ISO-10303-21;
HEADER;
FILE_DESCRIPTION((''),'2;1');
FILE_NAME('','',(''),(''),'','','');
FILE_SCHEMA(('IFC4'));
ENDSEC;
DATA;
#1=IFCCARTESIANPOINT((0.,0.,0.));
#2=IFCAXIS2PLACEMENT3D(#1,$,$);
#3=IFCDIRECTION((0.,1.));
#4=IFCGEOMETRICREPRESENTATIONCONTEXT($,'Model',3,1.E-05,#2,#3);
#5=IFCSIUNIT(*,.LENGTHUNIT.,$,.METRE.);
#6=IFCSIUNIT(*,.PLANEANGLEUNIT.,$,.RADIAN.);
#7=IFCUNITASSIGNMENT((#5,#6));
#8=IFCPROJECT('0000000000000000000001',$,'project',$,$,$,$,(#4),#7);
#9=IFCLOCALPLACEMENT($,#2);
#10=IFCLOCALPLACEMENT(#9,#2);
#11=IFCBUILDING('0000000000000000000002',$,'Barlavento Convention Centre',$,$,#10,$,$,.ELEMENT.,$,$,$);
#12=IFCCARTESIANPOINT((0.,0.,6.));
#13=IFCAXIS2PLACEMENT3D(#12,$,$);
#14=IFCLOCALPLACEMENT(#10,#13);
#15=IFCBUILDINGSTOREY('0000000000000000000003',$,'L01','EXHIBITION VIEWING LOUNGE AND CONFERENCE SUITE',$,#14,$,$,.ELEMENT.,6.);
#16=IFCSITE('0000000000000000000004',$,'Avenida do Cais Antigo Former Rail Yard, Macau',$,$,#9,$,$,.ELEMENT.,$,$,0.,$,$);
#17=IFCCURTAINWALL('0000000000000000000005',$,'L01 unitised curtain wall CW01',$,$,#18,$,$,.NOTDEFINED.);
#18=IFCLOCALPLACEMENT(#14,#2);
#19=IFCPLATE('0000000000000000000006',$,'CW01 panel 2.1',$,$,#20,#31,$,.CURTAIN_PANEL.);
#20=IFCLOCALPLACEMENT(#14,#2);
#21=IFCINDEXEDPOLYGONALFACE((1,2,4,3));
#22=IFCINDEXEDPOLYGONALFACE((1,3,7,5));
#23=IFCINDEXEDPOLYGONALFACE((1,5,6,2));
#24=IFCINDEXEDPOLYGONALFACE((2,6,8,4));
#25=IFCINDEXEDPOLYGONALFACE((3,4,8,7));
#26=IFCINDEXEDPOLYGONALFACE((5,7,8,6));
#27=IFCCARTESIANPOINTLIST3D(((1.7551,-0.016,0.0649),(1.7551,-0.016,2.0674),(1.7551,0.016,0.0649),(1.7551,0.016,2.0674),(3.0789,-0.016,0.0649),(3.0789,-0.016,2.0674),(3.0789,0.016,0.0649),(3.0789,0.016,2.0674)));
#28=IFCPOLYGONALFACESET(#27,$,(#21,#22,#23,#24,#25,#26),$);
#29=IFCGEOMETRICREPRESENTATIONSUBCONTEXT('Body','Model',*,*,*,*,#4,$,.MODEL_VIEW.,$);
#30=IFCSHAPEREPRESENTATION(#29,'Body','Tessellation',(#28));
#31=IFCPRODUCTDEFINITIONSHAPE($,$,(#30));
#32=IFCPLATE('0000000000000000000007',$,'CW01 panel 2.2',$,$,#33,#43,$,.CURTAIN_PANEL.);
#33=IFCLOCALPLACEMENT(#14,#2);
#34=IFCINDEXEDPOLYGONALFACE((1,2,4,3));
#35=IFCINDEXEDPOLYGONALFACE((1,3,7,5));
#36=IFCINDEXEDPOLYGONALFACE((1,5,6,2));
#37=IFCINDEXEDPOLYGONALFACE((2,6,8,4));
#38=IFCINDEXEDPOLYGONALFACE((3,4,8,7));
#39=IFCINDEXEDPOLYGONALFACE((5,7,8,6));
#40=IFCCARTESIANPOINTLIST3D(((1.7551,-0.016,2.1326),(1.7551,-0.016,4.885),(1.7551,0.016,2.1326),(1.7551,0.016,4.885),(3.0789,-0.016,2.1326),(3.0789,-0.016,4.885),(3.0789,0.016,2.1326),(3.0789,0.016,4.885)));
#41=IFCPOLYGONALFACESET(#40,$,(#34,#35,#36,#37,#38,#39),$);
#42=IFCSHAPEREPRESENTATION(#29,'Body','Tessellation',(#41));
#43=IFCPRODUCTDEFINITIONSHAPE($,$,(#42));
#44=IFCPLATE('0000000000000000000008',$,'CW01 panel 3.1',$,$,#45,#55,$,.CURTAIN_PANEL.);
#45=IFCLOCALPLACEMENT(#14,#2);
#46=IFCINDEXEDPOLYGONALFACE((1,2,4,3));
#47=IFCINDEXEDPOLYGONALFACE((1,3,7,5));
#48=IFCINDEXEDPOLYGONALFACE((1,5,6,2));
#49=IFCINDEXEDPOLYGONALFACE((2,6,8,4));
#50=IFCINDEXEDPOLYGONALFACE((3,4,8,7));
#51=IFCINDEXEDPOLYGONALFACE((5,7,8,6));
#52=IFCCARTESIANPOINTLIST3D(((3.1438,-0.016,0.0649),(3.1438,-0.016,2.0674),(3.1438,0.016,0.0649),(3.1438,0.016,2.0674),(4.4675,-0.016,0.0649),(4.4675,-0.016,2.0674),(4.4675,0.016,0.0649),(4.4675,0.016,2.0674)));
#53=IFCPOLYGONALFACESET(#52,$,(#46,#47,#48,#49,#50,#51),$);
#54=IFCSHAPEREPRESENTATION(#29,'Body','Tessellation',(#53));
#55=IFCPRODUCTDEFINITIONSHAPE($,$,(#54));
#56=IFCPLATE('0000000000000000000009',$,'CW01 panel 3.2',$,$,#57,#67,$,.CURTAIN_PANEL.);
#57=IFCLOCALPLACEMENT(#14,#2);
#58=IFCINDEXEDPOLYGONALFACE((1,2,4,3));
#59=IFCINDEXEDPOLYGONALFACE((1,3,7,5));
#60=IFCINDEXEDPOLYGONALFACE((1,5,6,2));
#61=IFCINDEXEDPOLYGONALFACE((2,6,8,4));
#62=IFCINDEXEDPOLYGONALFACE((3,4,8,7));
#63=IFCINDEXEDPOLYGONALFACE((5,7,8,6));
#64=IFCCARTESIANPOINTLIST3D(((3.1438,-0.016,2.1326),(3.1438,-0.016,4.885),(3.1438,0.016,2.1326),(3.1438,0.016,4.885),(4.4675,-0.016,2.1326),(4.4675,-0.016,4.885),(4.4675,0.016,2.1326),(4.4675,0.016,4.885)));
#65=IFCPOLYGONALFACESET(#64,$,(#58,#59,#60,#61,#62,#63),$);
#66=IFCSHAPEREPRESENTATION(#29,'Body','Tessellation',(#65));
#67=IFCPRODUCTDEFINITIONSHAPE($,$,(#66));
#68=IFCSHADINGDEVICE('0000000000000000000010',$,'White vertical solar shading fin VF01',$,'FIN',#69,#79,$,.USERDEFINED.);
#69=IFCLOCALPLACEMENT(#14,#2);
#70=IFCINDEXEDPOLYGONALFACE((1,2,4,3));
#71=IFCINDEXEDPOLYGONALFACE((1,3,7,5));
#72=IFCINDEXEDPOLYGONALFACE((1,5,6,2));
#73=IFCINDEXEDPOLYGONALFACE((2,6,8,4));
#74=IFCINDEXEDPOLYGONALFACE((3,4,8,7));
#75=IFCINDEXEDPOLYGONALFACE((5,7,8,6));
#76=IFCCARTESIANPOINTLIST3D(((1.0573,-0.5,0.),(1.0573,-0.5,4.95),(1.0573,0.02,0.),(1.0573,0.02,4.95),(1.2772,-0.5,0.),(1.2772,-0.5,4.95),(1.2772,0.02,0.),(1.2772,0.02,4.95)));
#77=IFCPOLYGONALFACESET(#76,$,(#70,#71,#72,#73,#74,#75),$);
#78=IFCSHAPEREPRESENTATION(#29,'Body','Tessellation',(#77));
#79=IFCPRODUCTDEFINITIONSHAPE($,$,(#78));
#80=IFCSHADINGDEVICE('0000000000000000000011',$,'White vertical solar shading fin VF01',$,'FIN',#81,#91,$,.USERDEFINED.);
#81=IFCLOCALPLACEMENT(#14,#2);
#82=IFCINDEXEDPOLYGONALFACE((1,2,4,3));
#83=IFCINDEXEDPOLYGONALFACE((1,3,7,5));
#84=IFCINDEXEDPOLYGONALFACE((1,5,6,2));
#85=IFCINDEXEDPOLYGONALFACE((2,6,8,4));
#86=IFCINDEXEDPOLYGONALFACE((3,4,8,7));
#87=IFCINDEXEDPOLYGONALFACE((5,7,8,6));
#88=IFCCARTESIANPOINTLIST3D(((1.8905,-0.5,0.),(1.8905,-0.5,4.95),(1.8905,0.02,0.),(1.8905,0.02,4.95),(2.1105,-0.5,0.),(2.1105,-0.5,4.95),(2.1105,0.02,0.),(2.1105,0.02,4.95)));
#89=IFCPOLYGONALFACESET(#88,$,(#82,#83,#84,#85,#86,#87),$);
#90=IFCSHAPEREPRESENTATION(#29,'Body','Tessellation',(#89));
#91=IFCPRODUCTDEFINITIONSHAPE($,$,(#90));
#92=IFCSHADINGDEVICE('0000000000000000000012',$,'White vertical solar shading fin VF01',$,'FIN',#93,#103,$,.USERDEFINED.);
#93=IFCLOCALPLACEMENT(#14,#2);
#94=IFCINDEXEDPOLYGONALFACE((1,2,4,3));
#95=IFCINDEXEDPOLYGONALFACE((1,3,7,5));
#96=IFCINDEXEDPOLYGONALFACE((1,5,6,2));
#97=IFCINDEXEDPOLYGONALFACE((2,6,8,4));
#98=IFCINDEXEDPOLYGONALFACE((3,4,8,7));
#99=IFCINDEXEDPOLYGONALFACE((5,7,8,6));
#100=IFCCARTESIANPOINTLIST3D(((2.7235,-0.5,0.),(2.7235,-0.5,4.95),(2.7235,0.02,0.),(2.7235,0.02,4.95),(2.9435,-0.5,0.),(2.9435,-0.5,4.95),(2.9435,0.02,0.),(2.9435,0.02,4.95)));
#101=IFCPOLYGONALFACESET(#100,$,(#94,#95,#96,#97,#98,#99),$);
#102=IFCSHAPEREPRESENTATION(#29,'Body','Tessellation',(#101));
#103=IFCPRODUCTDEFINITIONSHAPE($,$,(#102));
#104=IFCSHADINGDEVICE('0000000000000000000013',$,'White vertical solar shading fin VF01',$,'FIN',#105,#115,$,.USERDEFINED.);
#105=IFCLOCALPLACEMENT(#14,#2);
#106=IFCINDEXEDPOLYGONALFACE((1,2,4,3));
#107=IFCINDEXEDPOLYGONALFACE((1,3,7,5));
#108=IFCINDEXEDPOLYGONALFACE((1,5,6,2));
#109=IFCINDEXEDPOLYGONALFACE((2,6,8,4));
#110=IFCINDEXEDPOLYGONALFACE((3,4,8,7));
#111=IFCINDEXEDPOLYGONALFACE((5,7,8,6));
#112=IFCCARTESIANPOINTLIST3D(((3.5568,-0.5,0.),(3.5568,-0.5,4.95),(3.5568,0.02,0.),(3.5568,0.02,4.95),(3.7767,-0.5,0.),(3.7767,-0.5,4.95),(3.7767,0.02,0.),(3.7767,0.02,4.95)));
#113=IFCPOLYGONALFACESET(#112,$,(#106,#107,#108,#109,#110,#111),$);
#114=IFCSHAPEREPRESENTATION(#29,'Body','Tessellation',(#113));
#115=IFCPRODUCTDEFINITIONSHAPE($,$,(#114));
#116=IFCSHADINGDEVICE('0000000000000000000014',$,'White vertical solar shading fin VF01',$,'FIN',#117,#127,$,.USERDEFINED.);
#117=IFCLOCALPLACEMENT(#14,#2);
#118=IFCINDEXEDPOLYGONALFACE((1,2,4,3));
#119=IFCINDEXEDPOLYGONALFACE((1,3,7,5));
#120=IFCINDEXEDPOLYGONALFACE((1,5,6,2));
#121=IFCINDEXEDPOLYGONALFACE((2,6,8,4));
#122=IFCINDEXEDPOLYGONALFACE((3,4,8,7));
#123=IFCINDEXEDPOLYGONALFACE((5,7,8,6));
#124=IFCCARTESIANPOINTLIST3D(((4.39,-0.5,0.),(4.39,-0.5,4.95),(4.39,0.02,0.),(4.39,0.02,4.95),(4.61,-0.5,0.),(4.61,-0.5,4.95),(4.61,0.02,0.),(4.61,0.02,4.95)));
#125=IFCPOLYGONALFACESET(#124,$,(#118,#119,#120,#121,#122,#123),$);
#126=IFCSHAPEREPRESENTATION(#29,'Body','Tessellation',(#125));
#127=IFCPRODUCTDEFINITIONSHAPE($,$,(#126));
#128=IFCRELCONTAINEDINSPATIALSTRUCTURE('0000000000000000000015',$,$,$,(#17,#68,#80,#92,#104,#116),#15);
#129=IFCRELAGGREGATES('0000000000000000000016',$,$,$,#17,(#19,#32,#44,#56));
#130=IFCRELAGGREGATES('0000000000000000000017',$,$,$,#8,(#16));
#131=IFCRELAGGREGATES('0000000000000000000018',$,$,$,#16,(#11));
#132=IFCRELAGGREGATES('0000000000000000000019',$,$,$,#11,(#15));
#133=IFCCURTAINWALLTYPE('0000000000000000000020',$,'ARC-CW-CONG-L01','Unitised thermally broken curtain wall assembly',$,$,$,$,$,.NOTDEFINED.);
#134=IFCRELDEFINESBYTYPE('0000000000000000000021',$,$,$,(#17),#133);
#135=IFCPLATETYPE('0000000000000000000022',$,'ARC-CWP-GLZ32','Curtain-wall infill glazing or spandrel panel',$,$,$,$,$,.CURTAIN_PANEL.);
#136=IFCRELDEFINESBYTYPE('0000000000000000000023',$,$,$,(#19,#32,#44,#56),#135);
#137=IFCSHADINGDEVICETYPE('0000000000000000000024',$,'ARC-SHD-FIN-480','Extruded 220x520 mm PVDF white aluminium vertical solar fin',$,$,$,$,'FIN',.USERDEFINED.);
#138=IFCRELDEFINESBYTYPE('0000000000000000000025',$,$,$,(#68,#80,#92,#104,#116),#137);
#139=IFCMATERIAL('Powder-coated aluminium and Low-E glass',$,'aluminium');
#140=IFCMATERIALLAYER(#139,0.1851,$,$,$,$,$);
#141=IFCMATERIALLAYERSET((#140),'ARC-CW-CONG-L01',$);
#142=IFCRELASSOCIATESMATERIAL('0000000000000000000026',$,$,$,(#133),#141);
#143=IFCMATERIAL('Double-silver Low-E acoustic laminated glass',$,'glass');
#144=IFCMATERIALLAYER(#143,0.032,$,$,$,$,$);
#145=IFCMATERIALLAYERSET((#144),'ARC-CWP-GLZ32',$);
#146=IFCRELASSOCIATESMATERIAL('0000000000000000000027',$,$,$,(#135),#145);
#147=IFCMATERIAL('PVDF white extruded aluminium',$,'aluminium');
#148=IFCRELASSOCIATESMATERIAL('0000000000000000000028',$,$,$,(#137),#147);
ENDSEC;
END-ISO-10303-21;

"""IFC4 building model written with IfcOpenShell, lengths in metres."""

from ifc_helpers import new_model, si_unit, direction, frame, origin, origin_2d, place, context, subcontext, project, spatial, rectangle, extrude, material, layer, layer_set, type_object, element, aggregate, save


model = new_model("IFC4")

# Units and contexts
model_context = context("Model", 3, precision=1e-05, world=origin(), true_north=direction((0.0, 1.0)))
body_context = subcontext(model_context, "Body", "Model", "MODEL_VIEW")
ifc_project = project(units=[si_unit("LENGTHUNIT", "METRE"), si_unit("PLANEANGLEUNIT", "RADIAN")], contexts=[model_context])

# Site, building, storey
site_placement = place(None, origin())
site = spatial("IfcSite", under=ifc_project, at=site_placement, Name="Avenida do Cais Antigo Former Rail Yard, Macau", CompositionType="ELEMENT", RefElevation=0.0)
building_placement = place(site_placement, origin())
building = spatial("IfcBuilding", under=site, at=building_placement, Name="Barlavento Convention Centre", CompositionType="ELEMENT")
storey_placement = place(building_placement, frame((0.0, 0.0, 6.0)))
storey = spatial("IfcBuildingStorey", under=building, at=storey_placement, Name="L01", Description="EXHIBITION VIEWING LOUNGE AND CONFERENCE SUITE", CompositionType="ELEMENT", Elevation=6.0)

# Curtain wall, plates
ifc_material_1 = material(Name="Powder-coated aluminium and Low-E glass", Category="aluminium")
ifc_layer_1 = layer(ifc_material_1, 0.1851)
ifc_layer_set_1 = layer_set([ifc_layer_1], Name="ARC-CW-CONG-L01")
curtain_wall_type = type_object("IfcCurtainWallType", Name="ARC-CW-CONG-L01", Description="Unitised thermally broken curtain wall assembly", PredefinedType="NOTDEFINED", material=ifc_layer_set_1)
curtain_wall_placement = place(storey_placement, origin())
curtain_wall = element("IfcCurtainWall", 1, at=curtain_wall_placement, inside=storey, type_object=curtain_wall_type, Name="L01 unitised curtain wall CW01", PredefinedType="NOTDEFINED")
ifc_material_2 = material(Name="Double-silver Low-E acoustic laminated glass", Category="glass")
ifc_layer_2 = layer(ifc_material_2, 0.032)
ifc_layer_set_2 = layer_set([ifc_layer_2], Name="ARC-CWP-GLZ32")
plate_type = type_object("IfcPlateType", Name="ARC-CWP-GLZ32", Description="Curtain-wall infill glazing or spandrel panel", PredefinedType="CURTAIN_PANEL", material=ifc_layer_set_2)
plate_1_placement = place(storey_placement, frame((2.417, 0.0, 0.0649), z_axis=(0.0, 0.0, 1.0), x_axis=(1.0, 0.0, 0.0)))
plate_1 = element("IfcPlate", 2, at=plate_1_placement, type_object=plate_type, Name="CW01 panel 2.1", PredefinedType="CURTAIN_PANEL", context=body_context, shape_type="SweptSolid", body=[
    extrude(rectangle(XDim=1.3237, YDim=0.032, at=origin_2d()), origin(), (0.0, 0.0, 1.0), 2.0024),
])
plate_2_placement = place(storey_placement, frame((2.417, 0.0, 2.1326), z_axis=(0.0, 0.0, 1.0), x_axis=(1.0, 0.0, 0.0)))
plate_2 = element("IfcPlate", 3, at=plate_2_placement, type_object=plate_type, Name="CW01 panel 2.2", PredefinedType="CURTAIN_PANEL", context=body_context, shape_type="SweptSolid", body=[
    extrude(rectangle(XDim=1.3237, YDim=0.032, at=origin_2d()), origin(), (0.0, 0.0, 1.0), 2.7524),
])
plate_3_placement = place(storey_placement, frame((3.8057, 0.0, 0.0649), z_axis=(0.0, 0.0, 1.0), x_axis=(1.0, 0.0, 0.0)))
plate_3 = element("IfcPlate", 4, at=plate_3_placement, type_object=plate_type, Name="CW01 panel 3.1", PredefinedType="CURTAIN_PANEL", context=body_context, shape_type="SweptSolid", body=[
    extrude(rectangle(XDim=1.3237, YDim=0.032, at=origin_2d()), origin(), (0.0, 0.0, 1.0), 2.0024),
])
plate_4_placement = place(storey_placement, frame((3.8057, 0.0, 2.1326), z_axis=(0.0, 0.0, 1.0), x_axis=(1.0, 0.0, 0.0)))
plate_4 = element("IfcPlate", 5, at=plate_4_placement, type_object=plate_type, Name="CW01 panel 3.2", PredefinedType="CURTAIN_PANEL", context=body_context, shape_type="SweptSolid", body=[
    extrude(rectangle(XDim=1.3237, YDim=0.032, at=origin_2d()), origin(), (0.0, 0.0, 1.0), 2.7524),
])
aggregate(curtain_wall, [plate_1, plate_2, plate_3, plate_4])

# Shading devices
ifc_material_3 = material(Name="PVDF white extruded aluminium", Category="aluminium")
shading_device_type = type_object("IfcShadingDeviceType", Name="ARC-SHD-FIN-480", Description="Extruded 220x520 mm PVDF white aluminium vertical solar fin", ElementType="FIN", PredefinedType="USERDEFINED", material=ifc_material_3)
for number, where, z_axis, x_axis, name in (
    (6, (1.1672, -0.24, 0.0), (0.0, 0.0, 1.0), (1.0, 0.0, 0.0), "White vertical solar shading fin VF01"),
    (7, (2.0005, -0.24, 0.0), (0.0, 0.0, 1.0), (1.0, 0.0, 0.0), "White vertical solar shading fin VF01"),
    (8, (2.8335, -0.24, 0.0), (0.0, 0.0, 1.0), (1.0, 0.0, 0.0), "White vertical solar shading fin VF01"),
    (9, (3.6667, -0.24, 0.0), (0.0, 0.0, 1.0), (1.0, 0.0, 0.0), "White vertical solar shading fin VF01"),
    (10, (4.5, -0.24, 0.0), (0.0, 0.0, 1.0), (1.0, 0.0, 0.0), "White vertical solar shading fin VF01"),
):
    element("IfcShadingDevice", number, at=place(storey_placement, frame(where, z_axis=z_axis, x_axis=x_axis)), inside=storey, type_object=shading_device_type, Name=name, ObjectType="FIN", PredefinedType="USERDEFINED", context=body_context, shape_type="SweptSolid", body=[
        extrude(rectangle(XDim=0.22, YDim=0.52, at=origin_2d()), origin(), (0.0, 0.0, 1.0), 4.95),
    ])

save(model, "model.ifc")
